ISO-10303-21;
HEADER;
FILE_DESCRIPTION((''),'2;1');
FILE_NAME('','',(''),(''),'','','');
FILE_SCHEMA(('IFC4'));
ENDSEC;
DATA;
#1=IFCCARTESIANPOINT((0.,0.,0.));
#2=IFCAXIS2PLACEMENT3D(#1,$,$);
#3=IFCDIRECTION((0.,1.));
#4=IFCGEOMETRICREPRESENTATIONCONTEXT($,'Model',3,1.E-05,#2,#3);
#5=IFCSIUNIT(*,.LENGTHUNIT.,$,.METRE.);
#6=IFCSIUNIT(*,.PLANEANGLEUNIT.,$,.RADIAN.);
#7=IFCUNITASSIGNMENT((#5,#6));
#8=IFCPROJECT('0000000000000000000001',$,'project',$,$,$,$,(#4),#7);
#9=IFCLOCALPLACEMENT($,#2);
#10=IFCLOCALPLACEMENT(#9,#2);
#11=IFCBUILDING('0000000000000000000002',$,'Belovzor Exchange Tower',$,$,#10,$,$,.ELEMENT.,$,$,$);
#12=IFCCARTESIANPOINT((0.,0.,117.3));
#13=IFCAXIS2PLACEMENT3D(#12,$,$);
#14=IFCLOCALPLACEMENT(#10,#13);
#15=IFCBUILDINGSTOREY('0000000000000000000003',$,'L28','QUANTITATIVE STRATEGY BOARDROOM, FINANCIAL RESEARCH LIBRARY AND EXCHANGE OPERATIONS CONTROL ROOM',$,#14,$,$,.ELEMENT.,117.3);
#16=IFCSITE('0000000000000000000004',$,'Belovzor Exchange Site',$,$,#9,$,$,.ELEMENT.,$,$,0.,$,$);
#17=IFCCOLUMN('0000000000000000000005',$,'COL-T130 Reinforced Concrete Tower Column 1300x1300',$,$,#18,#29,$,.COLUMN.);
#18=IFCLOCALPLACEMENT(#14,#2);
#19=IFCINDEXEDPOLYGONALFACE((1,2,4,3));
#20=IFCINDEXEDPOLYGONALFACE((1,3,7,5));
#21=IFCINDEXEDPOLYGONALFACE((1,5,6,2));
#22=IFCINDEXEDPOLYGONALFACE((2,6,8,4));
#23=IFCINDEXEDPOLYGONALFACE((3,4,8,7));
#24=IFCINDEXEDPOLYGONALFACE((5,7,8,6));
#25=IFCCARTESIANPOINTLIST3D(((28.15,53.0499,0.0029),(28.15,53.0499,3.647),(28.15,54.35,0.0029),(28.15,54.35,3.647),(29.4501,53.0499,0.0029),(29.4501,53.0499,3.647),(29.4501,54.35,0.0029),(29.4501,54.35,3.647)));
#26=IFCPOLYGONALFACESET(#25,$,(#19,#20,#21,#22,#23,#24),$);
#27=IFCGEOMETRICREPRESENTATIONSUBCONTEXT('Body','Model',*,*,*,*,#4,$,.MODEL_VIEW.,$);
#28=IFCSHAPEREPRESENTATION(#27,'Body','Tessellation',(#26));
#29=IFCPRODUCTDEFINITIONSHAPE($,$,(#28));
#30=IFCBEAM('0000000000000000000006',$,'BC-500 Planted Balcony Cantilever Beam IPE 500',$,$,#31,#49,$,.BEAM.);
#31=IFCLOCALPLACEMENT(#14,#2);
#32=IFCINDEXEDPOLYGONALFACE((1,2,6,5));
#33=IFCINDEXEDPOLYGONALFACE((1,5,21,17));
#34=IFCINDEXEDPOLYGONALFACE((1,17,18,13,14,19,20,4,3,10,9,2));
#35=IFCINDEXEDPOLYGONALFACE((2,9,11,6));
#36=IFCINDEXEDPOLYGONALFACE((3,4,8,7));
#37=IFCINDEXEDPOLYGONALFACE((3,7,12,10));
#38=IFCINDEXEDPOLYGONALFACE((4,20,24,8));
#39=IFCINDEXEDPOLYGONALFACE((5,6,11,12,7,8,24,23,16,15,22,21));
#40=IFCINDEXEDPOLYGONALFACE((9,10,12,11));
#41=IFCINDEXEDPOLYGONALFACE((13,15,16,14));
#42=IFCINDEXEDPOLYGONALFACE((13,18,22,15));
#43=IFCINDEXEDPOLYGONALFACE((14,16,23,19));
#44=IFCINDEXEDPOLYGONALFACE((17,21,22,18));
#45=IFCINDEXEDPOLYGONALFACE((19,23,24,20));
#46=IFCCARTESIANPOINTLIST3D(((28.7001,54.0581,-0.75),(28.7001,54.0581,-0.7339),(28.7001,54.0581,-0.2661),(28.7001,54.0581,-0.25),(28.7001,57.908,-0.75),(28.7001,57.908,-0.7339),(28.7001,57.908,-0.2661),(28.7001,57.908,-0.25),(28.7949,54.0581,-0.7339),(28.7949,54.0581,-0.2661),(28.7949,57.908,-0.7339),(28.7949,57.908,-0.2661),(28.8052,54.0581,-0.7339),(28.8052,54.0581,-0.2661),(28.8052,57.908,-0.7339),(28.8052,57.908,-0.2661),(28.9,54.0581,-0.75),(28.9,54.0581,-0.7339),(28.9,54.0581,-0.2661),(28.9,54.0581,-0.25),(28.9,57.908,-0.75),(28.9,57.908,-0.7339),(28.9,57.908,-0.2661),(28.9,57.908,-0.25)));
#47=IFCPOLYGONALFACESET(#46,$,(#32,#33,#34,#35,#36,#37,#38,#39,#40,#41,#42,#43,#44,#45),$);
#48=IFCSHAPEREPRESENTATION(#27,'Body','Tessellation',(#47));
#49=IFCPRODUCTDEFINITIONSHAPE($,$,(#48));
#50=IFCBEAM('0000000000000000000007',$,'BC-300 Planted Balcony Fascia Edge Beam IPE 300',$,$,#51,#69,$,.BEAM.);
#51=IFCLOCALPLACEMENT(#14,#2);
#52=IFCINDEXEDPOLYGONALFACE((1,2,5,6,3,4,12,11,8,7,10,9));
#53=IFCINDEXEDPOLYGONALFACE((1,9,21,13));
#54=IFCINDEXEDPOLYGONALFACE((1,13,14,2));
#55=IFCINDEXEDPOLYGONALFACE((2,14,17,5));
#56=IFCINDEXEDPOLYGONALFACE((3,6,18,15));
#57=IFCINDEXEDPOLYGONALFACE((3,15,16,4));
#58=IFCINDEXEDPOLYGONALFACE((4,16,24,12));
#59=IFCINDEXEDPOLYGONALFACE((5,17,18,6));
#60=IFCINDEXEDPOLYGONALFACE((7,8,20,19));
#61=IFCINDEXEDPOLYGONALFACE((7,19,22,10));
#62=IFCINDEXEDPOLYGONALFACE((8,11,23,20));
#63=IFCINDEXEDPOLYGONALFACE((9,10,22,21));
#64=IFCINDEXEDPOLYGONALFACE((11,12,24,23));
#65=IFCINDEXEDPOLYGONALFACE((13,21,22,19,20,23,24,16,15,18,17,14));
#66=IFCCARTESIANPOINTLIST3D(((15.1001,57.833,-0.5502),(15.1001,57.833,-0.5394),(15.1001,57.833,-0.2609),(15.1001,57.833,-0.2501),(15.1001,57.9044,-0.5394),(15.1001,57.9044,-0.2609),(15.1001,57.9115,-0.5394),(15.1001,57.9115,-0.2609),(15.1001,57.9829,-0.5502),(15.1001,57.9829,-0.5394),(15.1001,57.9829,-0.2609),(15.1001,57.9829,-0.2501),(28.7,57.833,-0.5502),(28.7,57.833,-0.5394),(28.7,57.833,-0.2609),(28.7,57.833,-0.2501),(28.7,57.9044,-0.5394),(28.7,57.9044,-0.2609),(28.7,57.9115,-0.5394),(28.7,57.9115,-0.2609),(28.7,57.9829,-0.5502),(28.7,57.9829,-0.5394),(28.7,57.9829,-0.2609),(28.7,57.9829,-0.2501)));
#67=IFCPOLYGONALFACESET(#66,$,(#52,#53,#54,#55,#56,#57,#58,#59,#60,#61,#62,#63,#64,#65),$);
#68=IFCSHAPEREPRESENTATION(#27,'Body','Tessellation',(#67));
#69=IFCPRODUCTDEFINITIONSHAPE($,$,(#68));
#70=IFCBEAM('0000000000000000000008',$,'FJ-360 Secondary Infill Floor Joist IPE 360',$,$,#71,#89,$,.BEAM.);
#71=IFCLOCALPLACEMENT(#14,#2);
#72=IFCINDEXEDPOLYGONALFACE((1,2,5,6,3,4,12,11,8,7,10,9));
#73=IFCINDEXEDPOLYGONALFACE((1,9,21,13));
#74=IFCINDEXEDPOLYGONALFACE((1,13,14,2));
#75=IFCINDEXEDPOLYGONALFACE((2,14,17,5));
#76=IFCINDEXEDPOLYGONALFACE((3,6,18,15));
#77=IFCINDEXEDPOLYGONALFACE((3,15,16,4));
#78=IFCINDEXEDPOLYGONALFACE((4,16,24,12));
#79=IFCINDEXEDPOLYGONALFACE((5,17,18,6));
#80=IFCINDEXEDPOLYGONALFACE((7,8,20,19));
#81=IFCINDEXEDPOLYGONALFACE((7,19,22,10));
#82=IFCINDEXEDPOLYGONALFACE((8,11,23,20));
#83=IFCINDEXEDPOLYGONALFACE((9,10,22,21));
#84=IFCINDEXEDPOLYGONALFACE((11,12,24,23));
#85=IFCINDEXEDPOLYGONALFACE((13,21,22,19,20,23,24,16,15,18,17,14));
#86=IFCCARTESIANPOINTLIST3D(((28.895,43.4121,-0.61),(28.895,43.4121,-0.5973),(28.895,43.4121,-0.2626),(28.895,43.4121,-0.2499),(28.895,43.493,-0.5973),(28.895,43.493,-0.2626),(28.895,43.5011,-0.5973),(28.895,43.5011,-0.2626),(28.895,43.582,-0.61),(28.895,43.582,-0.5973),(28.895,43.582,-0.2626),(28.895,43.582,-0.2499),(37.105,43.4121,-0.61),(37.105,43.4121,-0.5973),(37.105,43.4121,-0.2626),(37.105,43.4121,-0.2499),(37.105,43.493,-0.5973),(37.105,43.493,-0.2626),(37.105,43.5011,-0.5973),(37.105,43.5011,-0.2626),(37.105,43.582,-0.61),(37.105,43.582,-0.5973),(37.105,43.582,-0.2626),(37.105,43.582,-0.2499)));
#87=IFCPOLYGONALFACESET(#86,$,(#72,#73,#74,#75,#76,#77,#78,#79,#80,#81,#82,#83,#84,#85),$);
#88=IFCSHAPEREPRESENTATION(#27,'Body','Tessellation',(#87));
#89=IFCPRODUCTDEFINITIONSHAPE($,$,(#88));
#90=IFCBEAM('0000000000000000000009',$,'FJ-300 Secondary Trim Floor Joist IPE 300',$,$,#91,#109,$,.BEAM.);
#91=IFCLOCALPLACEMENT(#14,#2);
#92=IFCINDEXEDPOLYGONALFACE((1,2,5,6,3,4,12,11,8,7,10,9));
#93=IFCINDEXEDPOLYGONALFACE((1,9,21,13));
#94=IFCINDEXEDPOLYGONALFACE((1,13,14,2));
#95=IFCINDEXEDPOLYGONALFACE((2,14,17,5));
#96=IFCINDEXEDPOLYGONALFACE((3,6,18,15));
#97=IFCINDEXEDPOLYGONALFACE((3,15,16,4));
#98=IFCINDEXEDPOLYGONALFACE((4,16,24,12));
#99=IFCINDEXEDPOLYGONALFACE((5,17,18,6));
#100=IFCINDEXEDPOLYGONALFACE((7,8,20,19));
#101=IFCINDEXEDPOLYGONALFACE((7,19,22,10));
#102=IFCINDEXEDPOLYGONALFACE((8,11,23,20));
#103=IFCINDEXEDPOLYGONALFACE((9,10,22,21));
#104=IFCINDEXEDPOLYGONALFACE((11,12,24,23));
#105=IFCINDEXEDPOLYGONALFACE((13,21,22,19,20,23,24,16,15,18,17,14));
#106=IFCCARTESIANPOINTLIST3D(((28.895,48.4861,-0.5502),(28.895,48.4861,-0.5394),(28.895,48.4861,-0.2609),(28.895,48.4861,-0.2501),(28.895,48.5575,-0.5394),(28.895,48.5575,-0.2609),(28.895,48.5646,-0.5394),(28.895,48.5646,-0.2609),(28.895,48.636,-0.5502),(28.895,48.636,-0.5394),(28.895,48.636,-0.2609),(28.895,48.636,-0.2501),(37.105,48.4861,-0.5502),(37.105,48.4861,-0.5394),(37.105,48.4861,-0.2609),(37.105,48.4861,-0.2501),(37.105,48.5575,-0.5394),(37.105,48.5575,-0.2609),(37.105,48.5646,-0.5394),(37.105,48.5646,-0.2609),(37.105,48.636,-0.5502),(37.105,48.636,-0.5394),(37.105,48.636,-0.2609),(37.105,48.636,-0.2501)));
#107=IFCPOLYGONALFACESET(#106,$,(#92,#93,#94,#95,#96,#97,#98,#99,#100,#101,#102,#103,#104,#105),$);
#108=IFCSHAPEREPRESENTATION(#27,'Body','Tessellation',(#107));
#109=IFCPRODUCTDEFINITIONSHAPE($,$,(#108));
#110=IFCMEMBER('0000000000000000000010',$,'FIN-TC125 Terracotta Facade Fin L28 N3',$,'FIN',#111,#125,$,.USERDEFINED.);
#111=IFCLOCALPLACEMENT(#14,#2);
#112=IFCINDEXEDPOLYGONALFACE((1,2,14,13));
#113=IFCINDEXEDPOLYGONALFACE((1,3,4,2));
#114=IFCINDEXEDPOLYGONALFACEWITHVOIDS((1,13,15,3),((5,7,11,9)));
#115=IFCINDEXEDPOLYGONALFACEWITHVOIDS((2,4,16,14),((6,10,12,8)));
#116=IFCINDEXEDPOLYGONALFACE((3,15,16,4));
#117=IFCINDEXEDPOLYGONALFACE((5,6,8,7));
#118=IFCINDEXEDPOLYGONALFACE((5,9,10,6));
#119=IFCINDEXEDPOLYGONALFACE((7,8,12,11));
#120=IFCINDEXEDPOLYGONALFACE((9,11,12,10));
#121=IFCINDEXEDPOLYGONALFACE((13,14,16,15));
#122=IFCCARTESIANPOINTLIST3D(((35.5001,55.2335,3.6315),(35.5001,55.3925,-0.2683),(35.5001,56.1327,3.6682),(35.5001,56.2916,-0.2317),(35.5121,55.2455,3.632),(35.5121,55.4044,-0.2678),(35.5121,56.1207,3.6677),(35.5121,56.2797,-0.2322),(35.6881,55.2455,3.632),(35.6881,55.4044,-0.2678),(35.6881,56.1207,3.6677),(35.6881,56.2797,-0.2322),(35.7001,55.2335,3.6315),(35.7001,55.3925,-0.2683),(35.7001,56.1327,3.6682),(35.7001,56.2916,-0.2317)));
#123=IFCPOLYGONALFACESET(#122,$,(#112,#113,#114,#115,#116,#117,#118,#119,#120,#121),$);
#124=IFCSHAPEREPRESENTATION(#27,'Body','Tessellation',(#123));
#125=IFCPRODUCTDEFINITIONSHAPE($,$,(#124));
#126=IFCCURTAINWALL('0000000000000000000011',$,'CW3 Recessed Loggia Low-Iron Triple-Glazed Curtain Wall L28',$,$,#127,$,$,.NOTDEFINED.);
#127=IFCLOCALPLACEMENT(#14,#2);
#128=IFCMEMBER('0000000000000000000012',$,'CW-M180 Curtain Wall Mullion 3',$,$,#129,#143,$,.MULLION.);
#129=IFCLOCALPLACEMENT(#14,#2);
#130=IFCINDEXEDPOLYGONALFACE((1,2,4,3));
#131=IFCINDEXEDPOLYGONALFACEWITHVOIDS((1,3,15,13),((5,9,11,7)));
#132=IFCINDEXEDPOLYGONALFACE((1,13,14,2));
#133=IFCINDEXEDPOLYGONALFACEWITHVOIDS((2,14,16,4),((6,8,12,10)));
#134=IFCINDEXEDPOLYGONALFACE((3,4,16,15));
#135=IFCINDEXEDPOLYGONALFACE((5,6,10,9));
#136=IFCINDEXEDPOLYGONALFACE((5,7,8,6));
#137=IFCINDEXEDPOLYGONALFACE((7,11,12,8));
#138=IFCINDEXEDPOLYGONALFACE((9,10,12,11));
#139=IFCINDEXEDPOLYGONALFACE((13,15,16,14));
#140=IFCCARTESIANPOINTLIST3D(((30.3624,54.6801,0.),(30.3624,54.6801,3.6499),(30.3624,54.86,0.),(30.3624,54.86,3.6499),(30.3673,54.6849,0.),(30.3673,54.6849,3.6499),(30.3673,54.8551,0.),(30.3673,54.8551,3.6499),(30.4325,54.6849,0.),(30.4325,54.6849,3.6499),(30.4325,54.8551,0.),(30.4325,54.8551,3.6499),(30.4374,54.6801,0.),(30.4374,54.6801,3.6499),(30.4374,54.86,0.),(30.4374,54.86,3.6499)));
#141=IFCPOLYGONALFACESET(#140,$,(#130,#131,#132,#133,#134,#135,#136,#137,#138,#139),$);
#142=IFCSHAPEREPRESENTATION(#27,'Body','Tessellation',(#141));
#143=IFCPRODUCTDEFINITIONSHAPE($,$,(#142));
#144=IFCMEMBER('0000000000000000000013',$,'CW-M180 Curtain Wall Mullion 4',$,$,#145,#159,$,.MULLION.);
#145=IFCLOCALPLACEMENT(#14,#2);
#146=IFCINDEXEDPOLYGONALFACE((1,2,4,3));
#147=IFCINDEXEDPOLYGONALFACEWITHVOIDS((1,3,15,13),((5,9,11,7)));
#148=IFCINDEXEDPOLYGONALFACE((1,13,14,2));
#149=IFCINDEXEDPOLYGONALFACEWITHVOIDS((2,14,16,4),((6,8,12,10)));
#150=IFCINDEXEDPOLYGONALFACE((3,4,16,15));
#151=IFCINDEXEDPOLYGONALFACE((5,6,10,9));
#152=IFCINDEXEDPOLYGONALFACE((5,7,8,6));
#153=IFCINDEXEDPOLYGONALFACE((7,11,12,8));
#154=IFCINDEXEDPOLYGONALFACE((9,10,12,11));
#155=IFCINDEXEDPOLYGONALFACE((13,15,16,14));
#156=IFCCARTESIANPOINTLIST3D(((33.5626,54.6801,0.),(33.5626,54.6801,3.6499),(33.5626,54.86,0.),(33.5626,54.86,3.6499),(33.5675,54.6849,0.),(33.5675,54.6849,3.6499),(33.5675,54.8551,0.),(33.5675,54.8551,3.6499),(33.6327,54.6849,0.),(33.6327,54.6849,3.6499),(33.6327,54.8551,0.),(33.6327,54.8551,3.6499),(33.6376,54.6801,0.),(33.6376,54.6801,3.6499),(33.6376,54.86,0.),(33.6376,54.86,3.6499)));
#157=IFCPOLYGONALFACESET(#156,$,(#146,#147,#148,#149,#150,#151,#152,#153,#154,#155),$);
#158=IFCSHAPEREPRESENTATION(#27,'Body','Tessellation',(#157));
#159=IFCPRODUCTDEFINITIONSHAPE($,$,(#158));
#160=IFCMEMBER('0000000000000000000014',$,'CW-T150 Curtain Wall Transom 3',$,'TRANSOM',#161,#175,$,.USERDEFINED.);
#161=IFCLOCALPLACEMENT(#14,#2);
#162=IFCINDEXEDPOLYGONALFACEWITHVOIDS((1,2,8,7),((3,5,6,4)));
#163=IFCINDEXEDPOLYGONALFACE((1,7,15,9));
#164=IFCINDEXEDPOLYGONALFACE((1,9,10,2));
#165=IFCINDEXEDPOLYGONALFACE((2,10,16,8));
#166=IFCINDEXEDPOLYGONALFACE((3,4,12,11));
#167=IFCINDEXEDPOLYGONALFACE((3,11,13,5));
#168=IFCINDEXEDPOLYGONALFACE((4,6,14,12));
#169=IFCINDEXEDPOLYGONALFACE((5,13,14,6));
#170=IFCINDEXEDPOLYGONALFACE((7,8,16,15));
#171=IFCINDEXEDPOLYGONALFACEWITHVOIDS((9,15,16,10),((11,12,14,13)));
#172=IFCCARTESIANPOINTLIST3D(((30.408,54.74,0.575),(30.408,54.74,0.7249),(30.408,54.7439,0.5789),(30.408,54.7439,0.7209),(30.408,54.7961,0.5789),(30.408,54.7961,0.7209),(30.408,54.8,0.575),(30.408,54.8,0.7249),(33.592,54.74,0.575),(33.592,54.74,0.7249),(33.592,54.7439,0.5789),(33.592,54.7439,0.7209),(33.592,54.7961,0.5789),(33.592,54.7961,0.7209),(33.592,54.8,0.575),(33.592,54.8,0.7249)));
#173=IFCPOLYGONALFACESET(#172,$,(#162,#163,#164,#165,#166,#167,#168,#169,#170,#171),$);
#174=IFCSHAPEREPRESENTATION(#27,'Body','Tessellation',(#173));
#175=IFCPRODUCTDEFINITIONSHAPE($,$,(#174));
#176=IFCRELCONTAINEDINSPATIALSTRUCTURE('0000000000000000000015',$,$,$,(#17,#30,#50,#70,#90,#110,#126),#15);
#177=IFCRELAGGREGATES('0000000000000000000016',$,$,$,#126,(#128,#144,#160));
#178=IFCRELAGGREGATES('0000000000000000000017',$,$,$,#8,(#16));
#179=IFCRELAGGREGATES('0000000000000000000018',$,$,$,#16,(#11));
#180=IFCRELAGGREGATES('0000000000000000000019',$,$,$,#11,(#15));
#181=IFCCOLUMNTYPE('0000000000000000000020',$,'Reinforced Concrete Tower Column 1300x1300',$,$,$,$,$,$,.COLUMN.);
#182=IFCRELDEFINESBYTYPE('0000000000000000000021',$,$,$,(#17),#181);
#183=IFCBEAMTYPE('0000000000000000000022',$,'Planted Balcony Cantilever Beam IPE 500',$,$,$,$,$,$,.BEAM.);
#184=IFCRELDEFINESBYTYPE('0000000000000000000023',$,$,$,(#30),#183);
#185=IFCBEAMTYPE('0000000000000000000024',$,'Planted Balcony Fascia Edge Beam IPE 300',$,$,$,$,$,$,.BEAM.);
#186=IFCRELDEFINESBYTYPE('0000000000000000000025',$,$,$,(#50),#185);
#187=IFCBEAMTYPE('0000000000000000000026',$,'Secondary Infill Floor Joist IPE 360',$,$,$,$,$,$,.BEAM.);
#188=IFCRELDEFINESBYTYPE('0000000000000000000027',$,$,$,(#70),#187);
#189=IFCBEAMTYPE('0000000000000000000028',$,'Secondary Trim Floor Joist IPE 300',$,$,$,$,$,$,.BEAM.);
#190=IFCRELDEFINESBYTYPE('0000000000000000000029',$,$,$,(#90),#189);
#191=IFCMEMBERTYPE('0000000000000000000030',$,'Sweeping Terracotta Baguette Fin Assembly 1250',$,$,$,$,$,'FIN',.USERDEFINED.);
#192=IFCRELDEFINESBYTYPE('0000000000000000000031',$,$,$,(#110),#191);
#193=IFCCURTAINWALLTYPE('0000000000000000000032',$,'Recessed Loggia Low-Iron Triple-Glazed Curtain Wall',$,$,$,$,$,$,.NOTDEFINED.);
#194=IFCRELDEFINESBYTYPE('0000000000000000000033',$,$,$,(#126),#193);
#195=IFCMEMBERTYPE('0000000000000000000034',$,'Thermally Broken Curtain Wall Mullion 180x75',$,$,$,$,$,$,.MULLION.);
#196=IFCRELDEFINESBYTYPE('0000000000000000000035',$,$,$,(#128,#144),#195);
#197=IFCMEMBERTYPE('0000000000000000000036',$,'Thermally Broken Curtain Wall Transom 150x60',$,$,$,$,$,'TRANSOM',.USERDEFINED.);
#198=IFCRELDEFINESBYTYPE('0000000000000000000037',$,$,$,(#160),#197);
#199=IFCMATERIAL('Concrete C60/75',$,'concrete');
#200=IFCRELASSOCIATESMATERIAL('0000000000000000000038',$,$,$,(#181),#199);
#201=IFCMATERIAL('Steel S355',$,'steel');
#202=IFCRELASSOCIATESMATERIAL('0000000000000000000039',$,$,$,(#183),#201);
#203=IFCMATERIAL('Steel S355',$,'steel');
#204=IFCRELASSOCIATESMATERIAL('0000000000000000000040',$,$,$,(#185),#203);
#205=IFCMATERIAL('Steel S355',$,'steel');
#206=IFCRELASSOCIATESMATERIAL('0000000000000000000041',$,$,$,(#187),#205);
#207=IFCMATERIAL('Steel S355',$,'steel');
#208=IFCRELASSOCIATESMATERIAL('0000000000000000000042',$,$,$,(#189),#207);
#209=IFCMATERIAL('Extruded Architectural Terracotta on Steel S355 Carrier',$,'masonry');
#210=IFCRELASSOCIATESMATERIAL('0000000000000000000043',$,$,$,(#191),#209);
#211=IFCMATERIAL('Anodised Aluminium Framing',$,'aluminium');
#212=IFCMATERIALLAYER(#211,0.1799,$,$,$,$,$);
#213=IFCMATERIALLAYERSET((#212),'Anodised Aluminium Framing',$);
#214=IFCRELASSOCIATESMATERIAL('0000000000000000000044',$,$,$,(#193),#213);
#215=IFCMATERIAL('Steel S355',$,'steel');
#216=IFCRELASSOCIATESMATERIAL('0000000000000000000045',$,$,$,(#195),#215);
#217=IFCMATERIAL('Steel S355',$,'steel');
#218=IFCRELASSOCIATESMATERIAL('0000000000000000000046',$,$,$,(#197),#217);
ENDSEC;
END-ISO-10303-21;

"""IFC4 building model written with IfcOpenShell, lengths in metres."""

from ifc_helpers import new_model, si_unit, direction, frame, origin, origin_2d, place, context, subcontext, project, spatial, rectangle, hollow_rectangle, i_section, extrude, material, layer, layer_set, material_profile, profile_set, type_object, element, aggregate, save


model = new_model("IFC4")

# Units and contexts
model_context = context("Model", 3, precision=1e-05, world=origin(), true_north=direction((0.0, 1.0)))
body_context = subcontext(model_context, "Body", "Model", "MODEL_VIEW")
ifc_project = project(units=[si_unit("LENGTHUNIT", "METRE"), si_unit("PLANEANGLEUNIT", "RADIAN")], contexts=[model_context])

# Site, building, storey
site_placement = place(None, origin())
site = spatial("IfcSite", under=ifc_project, at=site_placement, Name="Belovzor Exchange Site", CompositionType="ELEMENT", RefElevation=0.0)
building_placement = place(site_placement, origin())
building = spatial("IfcBuilding", under=site, at=building_placement, Name="Belovzor Exchange Tower", CompositionType="ELEMENT")
storey_placement = place(building_placement, frame((0.0, 0.0, 117.3)))
storey = spatial("IfcBuildingStorey", under=building, at=storey_placement, Name="L28", Description="QUANTITATIVE STRATEGY BOARDROOM, FINANCIAL RESEARCH LIBRARY AND EXCHANGE OPERATIONS CONTROL ROOM", CompositionType="ELEMENT", Elevation=117.3)

# Column
ifc_material_1 = material(Name="Concrete C60/75", Category="concrete")
ifc_material_profile_1 = material_profile(ifc_material_1, rectangle(XDim=1.3, YDim=1.3, at=origin_2d()))
ifc_profile_set_1 = profile_set([ifc_material_profile_1], Name="Concrete C60/75")
column_type = type_object("IfcColumnType", Name="Reinforced Concrete Tower Column 1300x1300", PredefinedType="COLUMN", material=ifc_profile_set_1)
column_placement = place(storey_placement, frame((28.8, 53.7, 0.0029), z_axis=(0.0, 0.0, 1.0), x_axis=(1.0, 0.0, 0.0)))
element("IfcColumn", 1, at=column_placement, inside=storey, type_object=column_type, Name="COL-T130 Reinforced Concrete Tower Column 1300x1300", PredefinedType="COLUMN", context=body_context, shape_type="SweptSolid", body=[
    extrude(rectangle(XDim=1.3, YDim=1.3, at=origin_2d()), origin(), (0.0, 0.0, 1.0), 3.644),
])

# Beams
ifc_material_2 = material(Name="Steel S355", Category="steel")
ifc_material_profile_2 = material_profile(ifc_material_2, i_section(OverallWidth=0.2, OverallDepth=0.5, WebThickness=0.0103, FlangeThickness=0.0161, at=origin_2d()))
ifc_profile_set_2 = profile_set([ifc_material_profile_2], Name="Steel S355")
beam_type_1 = type_object("IfcBeamType", Name="Planted Balcony Cantilever Beam IPE 500", PredefinedType="BEAM", material=ifc_profile_set_2)
beam_1_placement = place(storey_placement, frame((28.8, 54.0581, -0.5), z_axis=(0.0, 1.0, 0.0), x_axis=(-1.0, 0.0, 0.0)))
element("IfcBeam", 2, at=beam_1_placement, inside=storey, type_object=beam_type_1, Name="BC-500 Planted Balcony Cantilever Beam IPE 500", PredefinedType="BEAM", context=body_context, shape_type="SweptSolid", body=[
    extrude(i_section(OverallWidth=0.2, OverallDepth=0.5, WebThickness=0.0103, FlangeThickness=0.0161, at=origin_2d()), origin(), (0.0, 0.0, 1.0), 3.8499),
])
ifc_material_3 = material(Name="Steel S355", Category="steel")
ifc_material_profile_3 = material_profile(ifc_material_3, i_section(OverallWidth=0.1499, OverallDepth=0.3, WebThickness=0.0071, FlangeThickness=0.0107, at=origin_2d()))
ifc_profile_set_3 = profile_set([ifc_material_profile_3], Name="Steel S355")
beam_type_2 = type_object("IfcBeamType", Name="Planted Balcony Fascia Edge Beam IPE 300", PredefinedType="BEAM", material=ifc_profile_set_3)
beam_2_placement = place(storey_placement, frame((28.7, 57.908, -0.4001), z_axis=(-1.0, 0.0, 0.0), x_axis=(0.0, -1.0, 0.0)))
element("IfcBeam", 3, at=beam_2_placement, inside=storey, type_object=beam_type_2, Name="BC-300 Planted Balcony Fascia Edge Beam IPE 300", PredefinedType="BEAM", context=body_context, shape_type="SweptSolid", body=[
    extrude(i_section(OverallWidth=0.1499, OverallDepth=0.3, WebThickness=0.0071, FlangeThickness=0.0107, at=origin_2d()), origin(), (0.0, 0.0, 1.0), 13.5999),
])
ifc_material_4 = material(Name="Steel S355", Category="steel")
ifc_material_profile_4 = material_profile(ifc_material_4, i_section(OverallWidth=0.1699, OverallDepth=0.3601, WebThickness=0.0081, FlangeThickness=0.0127, at=origin_2d()))
ifc_profile_set_4 = profile_set([ifc_material_profile_4], Name="Steel S355")
beam_type_3 = type_object("IfcBeamType", Name="Secondary Infill Floor Joist IPE 360", PredefinedType="BEAM", material=ifc_profile_set_4)
beam_3_placement = place(storey_placement, frame((28.895, 43.4971, -0.4299), z_axis=(1.0, 0.0, 0.0), x_axis=(0.0, 1.0, 0.0)))
element("IfcBeam", 4, at=beam_3_placement, inside=storey, type_object=beam_type_3, Name="FJ-360 Secondary Infill Floor Joist IPE 360", PredefinedType="BEAM", context=body_context, shape_type="SweptSolid", body=[
    extrude(i_section(OverallWidth=0.1699, OverallDepth=0.3601, WebThickness=0.0081, FlangeThickness=0.0127, at=origin_2d()), origin(), (0.0, 0.0, 1.0), 8.21),
])
ifc_material_5 = material(Name="Steel S355", Category="steel")
ifc_material_profile_5 = material_profile(ifc_material_5, i_section(OverallWidth=0.1499, OverallDepth=0.3, WebThickness=0.0071, FlangeThickness=0.0107, at=origin_2d()))
ifc_profile_set_5 = profile_set([ifc_material_profile_5], Name="Steel S355")
beam_type_4 = type_object("IfcBeamType", Name="Secondary Trim Floor Joist IPE 300", PredefinedType="BEAM", material=ifc_profile_set_5)
beam_4_placement = place(storey_placement, frame((28.895, 48.561, -0.4001), z_axis=(1.0, 0.0, 0.0), x_axis=(0.0, 1.0, 0.0)))
element("IfcBeam", 5, at=beam_4_placement, inside=storey, type_object=beam_type_4, Name="FJ-300 Secondary Trim Floor Joist IPE 300", PredefinedType="BEAM", context=body_context, shape_type="SweptSolid", body=[
    extrude(i_section(OverallWidth=0.1499, OverallDepth=0.3, WebThickness=0.0071, FlangeThickness=0.0107, at=origin_2d()), origin(), (0.0, 0.0, 1.0), 8.21),
])

# Member
ifc_material_6 = material(Name="Extruded Architectural Terracotta on Steel S355 Carrier", Category="masonry")
ifc_material_profile_6 = material_profile(ifc_material_6, hollow_rectangle(XDim=0.2, YDim=0.8999, WallThickness=0.012, at=origin_2d()))
ifc_profile_set_6 = profile_set([ifc_material_profile_6], Name="Extruded Architectural Terracotta on Steel S355 Carrier")
member_type_1 = type_object("IfcMemberType", Name="Sweeping Terracotta Baguette Fin Assembly 1250", ElementType="FIN", PredefinedType="USERDEFINED", material=ifc_profile_set_6)
member_1_placement = place(storey_placement, frame((35.6001, 55.842, -0.25), z_axis=(0.0, -0.04072, 0.999171), x_axis=(1.0, 0.0, 0.0)))
element("IfcMember", 6, at=member_1_placement, inside=storey, type_object=member_type_1, Name="FIN-TC125 Terracotta Facade Fin L28 N3", ObjectType="FIN", PredefinedType="USERDEFINED", context=body_context, shape_type="SweptSolid", body=[
    extrude(hollow_rectangle(XDim=0.2, YDim=0.8999, WallThickness=0.012, at=origin_2d()), origin(), (0.0, 0.0, 1.0), 3.9031),
])

# Curtain wall, members
ifc_material_7 = material(Name="Anodised Aluminium Framing", Category="aluminium")
ifc_layer_1 = layer(ifc_material_7, 0.1799)
ifc_layer_set_1 = layer_set([ifc_layer_1], Name="Anodised Aluminium Framing")
curtain_wall_type = type_object("IfcCurtainWallType", Name="Recessed Loggia Low-Iron Triple-Glazed Curtain Wall", PredefinedType="NOTDEFINED", material=ifc_layer_set_1)
curtain_wall_placement = place(storey_placement, origin())
curtain_wall = element("IfcCurtainWall", 7, at=curtain_wall_placement, inside=storey, type_object=curtain_wall_type, Name="CW3 Recessed Loggia Low-Iron Triple-Glazed Curtain Wall L28", PredefinedType="NOTDEFINED")
ifc_material_8 = material(Name="Steel S355", Category="steel")
ifc_material_profile_7 = material_profile(ifc_material_8, hollow_rectangle(XDim=0.075, YDim=0.1799, WallThickness=0.0049, at=origin_2d()))
ifc_profile_set_7 = profile_set([ifc_material_profile_7], Name="Steel S355")
member_type_2 = type_object("IfcMemberType", Name="Thermally Broken Curtain Wall Mullion 180x75", PredefinedType="MULLION", material=ifc_profile_set_7)
member_2_placement = place(storey_placement, frame((30.3999, 54.77, 0.0), z_axis=(0.0, 0.0, 1.0), x_axis=(1.0, 0.0, 0.0)))
member_2 = element("IfcMember", 8, at=member_2_placement, type_object=member_type_2, Name="CW-M180 Curtain Wall Mullion 3", PredefinedType="MULLION", context=body_context, shape_type="SweptSolid", body=[
    extrude(hollow_rectangle(XDim=0.075, YDim=0.1799, WallThickness=0.0049, at=origin_2d()), origin(), (0.0, 0.0, 1.0), 3.6499),
])
member_3_placement = place(storey_placement, frame((33.6001, 54.77, 0.0), z_axis=(0.0, 0.0, 1.0), x_axis=(1.0, 0.0, 0.0)))
member_3 = element("IfcMember", 9, at=member_3_placement, type_object=member_type_2, Name="CW-M180 Curtain Wall Mullion 4", PredefinedType="MULLION", context=body_context, shape_type="SweptSolid", body=[
    extrude(hollow_rectangle(XDim=0.075, YDim=0.1799, WallThickness=0.0049, at=origin_2d()), origin(), (0.0, 0.0, 1.0), 3.6499),
])
ifc_material_9 = material(Name="Steel S355", Category="steel")
ifc_material_profile_8 = material_profile(ifc_material_9, hollow_rectangle(XDim=0.0601, YDim=0.1499, WallThickness=0.0039, at=origin_2d()))
ifc_profile_set_8 = profile_set([ifc_material_profile_8], Name="Steel S355")
member_type_3 = type_object("IfcMemberType", Name="Thermally Broken Curtain Wall Transom 150x60", ElementType="TRANSOM", PredefinedType="USERDEFINED", material=ifc_profile_set_8)
member_4_placement = place(storey_placement, frame((30.408, 54.77, 0.6499), z_axis=(1.0, 0.0, 0.0), x_axis=(0.0, 1.0, 0.0)))
member_4 = element("IfcMember", 10, at=member_4_placement, type_object=member_type_3, Name="CW-T150 Curtain Wall Transom 3", ObjectType="TRANSOM", PredefinedType="USERDEFINED", context=body_context, shape_type="SweptSolid", body=[
    extrude(hollow_rectangle(XDim=0.0601, YDim=0.1499, WallThickness=0.0039, at=origin_2d()), origin(), (0.0, 0.0, 1.0), 3.1841),
])

aggregate(curtain_wall, [member_2, member_3, member_4])

save(model, "model.ifc")
